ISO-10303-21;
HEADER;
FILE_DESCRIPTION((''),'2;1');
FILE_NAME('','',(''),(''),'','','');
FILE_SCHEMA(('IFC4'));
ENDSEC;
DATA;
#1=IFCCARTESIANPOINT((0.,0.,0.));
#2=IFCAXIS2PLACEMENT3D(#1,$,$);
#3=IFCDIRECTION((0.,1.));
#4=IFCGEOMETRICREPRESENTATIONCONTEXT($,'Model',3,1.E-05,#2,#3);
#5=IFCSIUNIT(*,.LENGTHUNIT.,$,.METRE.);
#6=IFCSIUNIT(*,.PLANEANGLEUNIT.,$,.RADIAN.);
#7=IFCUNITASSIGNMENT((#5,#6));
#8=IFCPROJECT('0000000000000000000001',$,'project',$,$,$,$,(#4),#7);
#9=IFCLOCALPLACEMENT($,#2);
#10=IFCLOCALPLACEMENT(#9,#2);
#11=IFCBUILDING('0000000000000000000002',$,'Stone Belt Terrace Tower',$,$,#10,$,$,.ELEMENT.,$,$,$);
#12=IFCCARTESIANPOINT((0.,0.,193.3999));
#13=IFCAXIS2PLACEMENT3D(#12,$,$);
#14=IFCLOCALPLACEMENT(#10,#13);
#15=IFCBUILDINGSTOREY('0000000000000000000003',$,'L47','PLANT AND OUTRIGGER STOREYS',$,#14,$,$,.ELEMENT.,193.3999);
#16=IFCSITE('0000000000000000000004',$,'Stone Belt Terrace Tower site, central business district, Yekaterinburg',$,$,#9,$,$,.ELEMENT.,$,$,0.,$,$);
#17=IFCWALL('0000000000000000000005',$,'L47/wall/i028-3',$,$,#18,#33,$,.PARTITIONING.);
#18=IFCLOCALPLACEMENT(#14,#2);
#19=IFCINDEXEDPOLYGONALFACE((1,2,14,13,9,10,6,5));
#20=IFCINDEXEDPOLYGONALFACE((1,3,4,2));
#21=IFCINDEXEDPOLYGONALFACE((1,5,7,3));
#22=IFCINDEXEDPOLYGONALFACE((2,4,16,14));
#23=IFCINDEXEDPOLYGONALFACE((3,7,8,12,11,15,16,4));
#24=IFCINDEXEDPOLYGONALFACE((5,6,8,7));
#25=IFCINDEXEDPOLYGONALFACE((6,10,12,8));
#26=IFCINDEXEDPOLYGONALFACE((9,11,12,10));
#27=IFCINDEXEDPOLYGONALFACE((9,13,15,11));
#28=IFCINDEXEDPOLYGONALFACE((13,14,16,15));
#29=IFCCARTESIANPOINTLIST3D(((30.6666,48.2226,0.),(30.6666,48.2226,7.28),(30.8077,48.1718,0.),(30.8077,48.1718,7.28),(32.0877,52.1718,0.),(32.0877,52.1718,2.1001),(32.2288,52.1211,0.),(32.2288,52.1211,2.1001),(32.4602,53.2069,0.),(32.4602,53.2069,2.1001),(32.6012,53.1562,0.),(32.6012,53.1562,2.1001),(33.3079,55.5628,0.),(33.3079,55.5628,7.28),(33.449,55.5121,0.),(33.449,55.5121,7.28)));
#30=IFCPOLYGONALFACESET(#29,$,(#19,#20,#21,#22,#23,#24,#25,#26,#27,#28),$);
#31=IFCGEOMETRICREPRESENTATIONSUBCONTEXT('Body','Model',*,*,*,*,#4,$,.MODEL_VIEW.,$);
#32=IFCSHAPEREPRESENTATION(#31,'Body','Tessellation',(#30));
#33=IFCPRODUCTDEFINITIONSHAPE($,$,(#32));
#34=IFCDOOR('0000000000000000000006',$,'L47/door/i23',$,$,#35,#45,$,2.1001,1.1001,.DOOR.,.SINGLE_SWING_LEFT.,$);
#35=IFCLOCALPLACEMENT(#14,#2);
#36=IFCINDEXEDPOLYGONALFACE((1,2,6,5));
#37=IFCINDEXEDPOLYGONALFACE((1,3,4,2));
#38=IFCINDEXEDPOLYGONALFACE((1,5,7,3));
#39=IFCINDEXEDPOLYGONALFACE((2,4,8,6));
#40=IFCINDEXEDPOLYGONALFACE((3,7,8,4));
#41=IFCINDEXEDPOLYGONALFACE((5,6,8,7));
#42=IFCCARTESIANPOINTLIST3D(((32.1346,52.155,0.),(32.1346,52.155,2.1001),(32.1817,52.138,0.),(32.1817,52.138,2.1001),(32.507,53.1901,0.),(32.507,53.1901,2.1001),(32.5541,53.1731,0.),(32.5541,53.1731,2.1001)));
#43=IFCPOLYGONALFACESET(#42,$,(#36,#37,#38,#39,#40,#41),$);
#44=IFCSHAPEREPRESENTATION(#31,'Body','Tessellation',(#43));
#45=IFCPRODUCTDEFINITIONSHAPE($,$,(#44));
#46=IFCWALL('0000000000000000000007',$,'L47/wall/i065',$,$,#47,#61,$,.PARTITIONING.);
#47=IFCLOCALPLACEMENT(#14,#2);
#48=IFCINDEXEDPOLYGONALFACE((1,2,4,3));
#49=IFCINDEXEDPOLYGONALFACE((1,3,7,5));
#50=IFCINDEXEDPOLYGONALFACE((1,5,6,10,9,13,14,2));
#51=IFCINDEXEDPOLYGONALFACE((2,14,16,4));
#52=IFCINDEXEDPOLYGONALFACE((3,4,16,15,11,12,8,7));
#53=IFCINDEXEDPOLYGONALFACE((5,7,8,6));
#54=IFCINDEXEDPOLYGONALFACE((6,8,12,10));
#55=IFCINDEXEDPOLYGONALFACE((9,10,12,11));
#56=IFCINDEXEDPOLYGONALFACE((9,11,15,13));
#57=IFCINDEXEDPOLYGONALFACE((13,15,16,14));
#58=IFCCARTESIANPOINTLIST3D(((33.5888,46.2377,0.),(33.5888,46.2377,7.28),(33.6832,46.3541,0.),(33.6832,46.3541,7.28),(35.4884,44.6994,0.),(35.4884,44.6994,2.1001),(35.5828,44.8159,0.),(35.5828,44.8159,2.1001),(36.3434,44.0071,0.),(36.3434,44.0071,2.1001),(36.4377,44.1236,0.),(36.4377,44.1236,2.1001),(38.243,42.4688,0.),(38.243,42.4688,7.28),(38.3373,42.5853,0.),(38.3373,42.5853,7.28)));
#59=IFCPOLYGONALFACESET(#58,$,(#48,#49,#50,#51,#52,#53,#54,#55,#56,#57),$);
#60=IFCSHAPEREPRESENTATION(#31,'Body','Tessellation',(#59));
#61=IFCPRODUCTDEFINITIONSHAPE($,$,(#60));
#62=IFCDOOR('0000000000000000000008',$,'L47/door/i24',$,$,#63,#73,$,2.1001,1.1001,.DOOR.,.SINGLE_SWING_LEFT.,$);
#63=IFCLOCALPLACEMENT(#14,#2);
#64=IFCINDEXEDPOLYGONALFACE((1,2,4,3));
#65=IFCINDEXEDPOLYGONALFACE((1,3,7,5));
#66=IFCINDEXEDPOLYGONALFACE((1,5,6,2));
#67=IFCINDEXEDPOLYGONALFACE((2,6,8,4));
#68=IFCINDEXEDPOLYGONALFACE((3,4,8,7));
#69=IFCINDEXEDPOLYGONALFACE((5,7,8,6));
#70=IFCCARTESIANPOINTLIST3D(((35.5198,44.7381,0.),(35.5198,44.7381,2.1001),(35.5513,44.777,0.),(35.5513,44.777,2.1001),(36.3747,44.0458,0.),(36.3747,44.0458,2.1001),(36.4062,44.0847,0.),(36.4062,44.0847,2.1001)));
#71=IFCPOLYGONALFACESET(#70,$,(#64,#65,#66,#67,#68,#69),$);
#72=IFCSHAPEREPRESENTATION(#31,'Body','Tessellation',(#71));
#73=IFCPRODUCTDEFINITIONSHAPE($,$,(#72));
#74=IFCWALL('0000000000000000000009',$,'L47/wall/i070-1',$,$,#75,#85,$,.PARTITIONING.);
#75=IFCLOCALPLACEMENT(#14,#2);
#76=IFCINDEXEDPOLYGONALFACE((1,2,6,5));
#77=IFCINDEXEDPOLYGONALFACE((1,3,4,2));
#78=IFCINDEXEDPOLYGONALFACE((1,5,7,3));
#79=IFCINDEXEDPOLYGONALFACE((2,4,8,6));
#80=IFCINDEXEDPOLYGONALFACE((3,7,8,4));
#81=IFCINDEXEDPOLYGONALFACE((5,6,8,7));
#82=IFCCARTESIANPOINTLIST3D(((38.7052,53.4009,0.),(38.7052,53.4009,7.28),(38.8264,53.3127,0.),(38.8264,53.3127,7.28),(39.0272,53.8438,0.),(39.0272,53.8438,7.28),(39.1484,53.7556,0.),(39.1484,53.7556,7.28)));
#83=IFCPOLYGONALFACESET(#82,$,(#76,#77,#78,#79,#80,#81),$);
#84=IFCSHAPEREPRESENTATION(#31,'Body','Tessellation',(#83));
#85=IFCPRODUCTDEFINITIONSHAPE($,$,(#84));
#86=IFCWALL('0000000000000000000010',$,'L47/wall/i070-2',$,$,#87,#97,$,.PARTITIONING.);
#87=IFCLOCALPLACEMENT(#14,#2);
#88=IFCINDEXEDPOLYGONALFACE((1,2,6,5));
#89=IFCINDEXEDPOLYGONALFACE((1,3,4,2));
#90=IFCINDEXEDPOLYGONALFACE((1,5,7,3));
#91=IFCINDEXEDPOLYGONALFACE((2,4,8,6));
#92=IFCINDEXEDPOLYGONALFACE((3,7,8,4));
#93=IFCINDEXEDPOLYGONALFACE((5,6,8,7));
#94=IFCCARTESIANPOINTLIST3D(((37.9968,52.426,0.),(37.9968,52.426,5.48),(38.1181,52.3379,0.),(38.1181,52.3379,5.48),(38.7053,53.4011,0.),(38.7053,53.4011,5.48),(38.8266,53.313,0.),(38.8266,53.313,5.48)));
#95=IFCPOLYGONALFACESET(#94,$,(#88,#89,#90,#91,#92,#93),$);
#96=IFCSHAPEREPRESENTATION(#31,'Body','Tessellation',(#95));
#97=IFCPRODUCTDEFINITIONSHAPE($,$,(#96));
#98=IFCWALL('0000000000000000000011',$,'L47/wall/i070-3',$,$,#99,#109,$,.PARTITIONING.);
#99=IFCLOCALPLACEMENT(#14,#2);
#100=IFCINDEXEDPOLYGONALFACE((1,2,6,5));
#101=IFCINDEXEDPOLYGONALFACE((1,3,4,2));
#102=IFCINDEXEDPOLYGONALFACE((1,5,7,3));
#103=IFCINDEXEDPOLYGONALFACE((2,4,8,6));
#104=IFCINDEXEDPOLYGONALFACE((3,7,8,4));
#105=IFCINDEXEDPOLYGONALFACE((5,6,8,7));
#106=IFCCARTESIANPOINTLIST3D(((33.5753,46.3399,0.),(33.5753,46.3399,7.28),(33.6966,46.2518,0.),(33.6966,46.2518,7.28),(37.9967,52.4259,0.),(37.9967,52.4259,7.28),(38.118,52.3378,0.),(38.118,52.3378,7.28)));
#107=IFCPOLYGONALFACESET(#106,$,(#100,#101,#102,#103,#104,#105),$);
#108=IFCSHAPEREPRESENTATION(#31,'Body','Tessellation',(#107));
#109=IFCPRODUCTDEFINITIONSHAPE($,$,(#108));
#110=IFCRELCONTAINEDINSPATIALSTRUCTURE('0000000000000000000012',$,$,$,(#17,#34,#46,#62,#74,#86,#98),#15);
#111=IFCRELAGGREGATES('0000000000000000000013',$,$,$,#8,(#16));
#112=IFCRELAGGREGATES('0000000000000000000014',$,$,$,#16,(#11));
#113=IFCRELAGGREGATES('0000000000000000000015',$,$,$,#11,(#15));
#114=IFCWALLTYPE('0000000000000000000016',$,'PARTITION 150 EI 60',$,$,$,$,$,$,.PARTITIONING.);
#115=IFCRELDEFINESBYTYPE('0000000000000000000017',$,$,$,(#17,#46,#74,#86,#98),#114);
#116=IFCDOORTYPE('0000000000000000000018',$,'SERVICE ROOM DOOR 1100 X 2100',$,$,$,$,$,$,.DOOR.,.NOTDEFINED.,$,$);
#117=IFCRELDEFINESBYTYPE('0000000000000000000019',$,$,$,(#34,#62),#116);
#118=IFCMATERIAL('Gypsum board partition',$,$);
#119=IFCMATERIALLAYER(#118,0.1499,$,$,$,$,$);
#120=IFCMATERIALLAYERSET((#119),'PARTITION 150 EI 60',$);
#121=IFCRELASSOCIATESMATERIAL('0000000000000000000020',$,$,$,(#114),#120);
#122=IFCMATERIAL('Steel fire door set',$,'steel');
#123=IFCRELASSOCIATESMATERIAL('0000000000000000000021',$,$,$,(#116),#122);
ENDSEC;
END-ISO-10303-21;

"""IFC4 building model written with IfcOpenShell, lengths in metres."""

from ifc_helpers import new_model, si_unit, direction, frame, frame_2d, origin, place, context, subcontext, project, spatial, rectangle, extrude, material, layer, layer_set, type_object, element, fill, save


model = new_model("IFC4")

# Units and contexts
model_context = context("Model", 3, precision=1e-05, world=origin(), true_north=direction((0.0, 1.0)))
body_context = subcontext(model_context, "Body", "Model", "MODEL_VIEW")
ifc_project = project(units=[si_unit("LENGTHUNIT", "METRE"), si_unit("PLANEANGLEUNIT", "RADIAN")], contexts=[model_context])

# Site, building, storey
site_placement = place(None, origin())
site = spatial("IfcSite", under=ifc_project, at=site_placement, Name="Stone Belt Terrace Tower site, central business district, Yekaterinburg", CompositionType="ELEMENT", RefElevation=0.0)
building_placement = place(site_placement, origin())
building = spatial("IfcBuilding", under=site, at=building_placement, Name="Stone Belt Terrace Tower", CompositionType="ELEMENT")
storey_placement = place(building_placement, frame((0.0, 0.0, 193.3999)))
storey = spatial("IfcBuildingStorey", under=building, at=storey_placement, Name="L47", Description="PLANT AND OUTRIGGER STOREYS", CompositionType="ELEMENT", Elevation=193.3999)

# Shared definitions
ifc_material_1 = material(Name="Gypsum board partition")
ifc_layer_1 = layer(ifc_material_1, 0.1499)
ifc_layer_set_1 = layer_set([ifc_layer_1], Name="PARTITION 150 EI 60")
wall_type = type_object("IfcWallType", Name="PARTITION 150 EI 60", PredefinedType="PARTITIONING", material=ifc_layer_set_1)

# Walls, openings, doors
wall_1_placement = place(storey_placement, frame((33.3784, 55.5374, 0.0), z_axis=(0.0, 0.0, 1.0), x_axis=(-0.338588, -0.940935, 0.0)))
wall_1 = element("IfcWall", 1, at=wall_1_placement, inside=storey, type_object=wall_type, Name="L47/wall/i028-3", PredefinedType="PARTITIONING", context=body_context, shape_type="SweptSolid", body=[
    extrude(rectangle(XDim=7.801, YDim=0.1499, at=frame_2d((3.9004, 0.0))), origin(), (0.0, 0.0, 1.0), 7.28),
])
opening_1_placement = place(wall_1_placement, frame((2.5037, 0.0, 0.0)))
opening_1 = element("IfcOpeningElement", 2, at=opening_1_placement, cuts=wall_1, PredefinedType="OPENING", context=body_context, shape_type="SweptSolid", body=[
    extrude(rectangle(XDim=1.1001, YDim=2.1001, at=frame_2d((0.55, 1.05))), frame((0.0, 0.085, 0.0), z_axis=(0.0, -1.0, 0.0), x_axis=(1.0, 0.0, 0.0)), (0.0, 0.0, 1.0), 0.1699),
])
ifc_material_2 = material(Name="Steel fire door set", Category="steel")
door_type = type_object("IfcDoorType", Name="SERVICE ROOM DOOR 1100 X 2100", OperationType="NOTDEFINED", PredefinedType="DOOR", material=ifc_material_2)
door_1_placement = place(opening_1_placement, origin())
door_1 = element("IfcDoor", 3, at=door_1_placement, inside=storey, type_object=door_type, Name="L47/door/i23", OperationType="SINGLE_SWING_LEFT", OverallHeight=2.1001, OverallWidth=1.1001, PredefinedType="DOOR", context=body_context, shape_type="SweptSolid", body=[
    extrude(rectangle(XDim=1.1001, YDim=2.1001, at=frame_2d((0.55, 1.05))), frame((0.0, 0.0249, 0.0), z_axis=(0.0, -1.0, 0.0), x_axis=(1.0, 0.0, 0.0)), (0.0, 0.0, 1.0), 0.05),
])
fill(opening_1, door_1)
wall_2_placement = place(storey_placement, frame((33.636, 46.2959, 0.0), z_axis=(0.0, 0.0, 1.0), x_axis=(0.777144, -0.629323, 0.0)))
wall_2 = element("IfcWall", 4, at=wall_2_placement, inside=storey, type_object=wall_type, Name="L47/wall/i065", PredefinedType="PARTITIONING", context=body_context, shape_type="SweptSolid", body=[
    extrude(rectangle(XDim=5.9888, YDim=0.1499, at=frame_2d((2.9944, 0.0))), origin(), (0.0, 0.0, 1.0), 7.28),
])
opening_2_placement = place(wall_2_placement, frame((2.4443, 0.0, 0.0)))
opening_2 = element("IfcOpeningElement", 5, at=opening_2_placement, cuts=wall_2, PredefinedType="OPENING", context=body_context, shape_type="SweptSolid", body=[
    extrude(rectangle(XDim=1.1001, YDim=2.1001, at=frame_2d((0.55, 1.05))), frame((0.0, 0.085, 0.0), z_axis=(0.0, -1.0, 0.0), x_axis=(1.0, 0.0, 0.0)), (0.0, 0.0, 1.0), 0.1699),
])
door_2_placement = place(opening_2_placement, origin())
door_2 = element("IfcDoor", 6, at=door_2_placement, inside=storey, type_object=door_type, Name="L47/door/i24", OperationType="SINGLE_SWING_LEFT", OverallHeight=2.1001, OverallWidth=1.1001, PredefinedType="DOOR", context=body_context, shape_type="SweptSolid", body=[
    extrude(rectangle(XDim=1.1001, YDim=2.1001, at=frame_2d((0.55, 1.05))), frame((0.0, 0.0249, 0.0), z_axis=(0.0, -1.0, 0.0), x_axis=(1.0, 0.0, 0.0)), (0.0, 0.0, 1.0), 0.05),
])
fill(opening_2, door_2)

# Walls
wall_3_placement = place(storey_placement, frame((39.0879, 53.7998, 0.0), z_axis=(0.0, 0.0, 1.0), x_axis=(-0.588092, -0.808794, 0.0)))
element("IfcWall", 7, at=wall_3_placement, inside=storey, type_object=wall_type, Name="L47/wall/i070-1", PredefinedType="PARTITIONING", context=body_context, shape_type="SweptSolid", body=[
    extrude(rectangle(XDim=0.5476, YDim=0.1499, at=frame_2d((0.2739, 0.0))), origin(), (0.0, 0.0, 1.0), 7.28),
])
wall_4_placement = place(storey_placement, frame((38.7659, 53.3569, 0.0), z_axis=(0.0, 0.0, 1.0), x_axis=(-0.58781, -0.808999, 0.0)))
element("IfcWall", 8, at=wall_4_placement, inside=storey, type_object=wall_type, Name="L47/wall/i070-2", PredefinedType="PARTITIONING", context=body_context, shape_type="SweptSolid", body=[
    extrude(rectangle(XDim=1.2053, YDim=0.1499, at=frame_2d((0.6025, 0.0))), origin(), (0.0, 0.0, 1.0), 5.48),
])
wall_5_placement = place(storey_placement, frame((38.0574, 52.3818, 0.0), z_axis=(0.0, 0.0, 1.0), x_axis=(-0.587759, -0.809036, 0.0)))
element("IfcWall", 9, at=wall_5_placement, inside=storey, type_object=wall_type, Name="L47/wall/i070-3", PredefinedType="PARTITIONING", context=body_context, shape_type="SweptSolid", body=[
    extrude(rectangle(XDim=7.5225, YDim=0.1499, at=frame_2d((3.7612, 0.0))), origin(), (0.0, 0.0, 1.0), 7.28),
])

save(model, "model.ifc")
